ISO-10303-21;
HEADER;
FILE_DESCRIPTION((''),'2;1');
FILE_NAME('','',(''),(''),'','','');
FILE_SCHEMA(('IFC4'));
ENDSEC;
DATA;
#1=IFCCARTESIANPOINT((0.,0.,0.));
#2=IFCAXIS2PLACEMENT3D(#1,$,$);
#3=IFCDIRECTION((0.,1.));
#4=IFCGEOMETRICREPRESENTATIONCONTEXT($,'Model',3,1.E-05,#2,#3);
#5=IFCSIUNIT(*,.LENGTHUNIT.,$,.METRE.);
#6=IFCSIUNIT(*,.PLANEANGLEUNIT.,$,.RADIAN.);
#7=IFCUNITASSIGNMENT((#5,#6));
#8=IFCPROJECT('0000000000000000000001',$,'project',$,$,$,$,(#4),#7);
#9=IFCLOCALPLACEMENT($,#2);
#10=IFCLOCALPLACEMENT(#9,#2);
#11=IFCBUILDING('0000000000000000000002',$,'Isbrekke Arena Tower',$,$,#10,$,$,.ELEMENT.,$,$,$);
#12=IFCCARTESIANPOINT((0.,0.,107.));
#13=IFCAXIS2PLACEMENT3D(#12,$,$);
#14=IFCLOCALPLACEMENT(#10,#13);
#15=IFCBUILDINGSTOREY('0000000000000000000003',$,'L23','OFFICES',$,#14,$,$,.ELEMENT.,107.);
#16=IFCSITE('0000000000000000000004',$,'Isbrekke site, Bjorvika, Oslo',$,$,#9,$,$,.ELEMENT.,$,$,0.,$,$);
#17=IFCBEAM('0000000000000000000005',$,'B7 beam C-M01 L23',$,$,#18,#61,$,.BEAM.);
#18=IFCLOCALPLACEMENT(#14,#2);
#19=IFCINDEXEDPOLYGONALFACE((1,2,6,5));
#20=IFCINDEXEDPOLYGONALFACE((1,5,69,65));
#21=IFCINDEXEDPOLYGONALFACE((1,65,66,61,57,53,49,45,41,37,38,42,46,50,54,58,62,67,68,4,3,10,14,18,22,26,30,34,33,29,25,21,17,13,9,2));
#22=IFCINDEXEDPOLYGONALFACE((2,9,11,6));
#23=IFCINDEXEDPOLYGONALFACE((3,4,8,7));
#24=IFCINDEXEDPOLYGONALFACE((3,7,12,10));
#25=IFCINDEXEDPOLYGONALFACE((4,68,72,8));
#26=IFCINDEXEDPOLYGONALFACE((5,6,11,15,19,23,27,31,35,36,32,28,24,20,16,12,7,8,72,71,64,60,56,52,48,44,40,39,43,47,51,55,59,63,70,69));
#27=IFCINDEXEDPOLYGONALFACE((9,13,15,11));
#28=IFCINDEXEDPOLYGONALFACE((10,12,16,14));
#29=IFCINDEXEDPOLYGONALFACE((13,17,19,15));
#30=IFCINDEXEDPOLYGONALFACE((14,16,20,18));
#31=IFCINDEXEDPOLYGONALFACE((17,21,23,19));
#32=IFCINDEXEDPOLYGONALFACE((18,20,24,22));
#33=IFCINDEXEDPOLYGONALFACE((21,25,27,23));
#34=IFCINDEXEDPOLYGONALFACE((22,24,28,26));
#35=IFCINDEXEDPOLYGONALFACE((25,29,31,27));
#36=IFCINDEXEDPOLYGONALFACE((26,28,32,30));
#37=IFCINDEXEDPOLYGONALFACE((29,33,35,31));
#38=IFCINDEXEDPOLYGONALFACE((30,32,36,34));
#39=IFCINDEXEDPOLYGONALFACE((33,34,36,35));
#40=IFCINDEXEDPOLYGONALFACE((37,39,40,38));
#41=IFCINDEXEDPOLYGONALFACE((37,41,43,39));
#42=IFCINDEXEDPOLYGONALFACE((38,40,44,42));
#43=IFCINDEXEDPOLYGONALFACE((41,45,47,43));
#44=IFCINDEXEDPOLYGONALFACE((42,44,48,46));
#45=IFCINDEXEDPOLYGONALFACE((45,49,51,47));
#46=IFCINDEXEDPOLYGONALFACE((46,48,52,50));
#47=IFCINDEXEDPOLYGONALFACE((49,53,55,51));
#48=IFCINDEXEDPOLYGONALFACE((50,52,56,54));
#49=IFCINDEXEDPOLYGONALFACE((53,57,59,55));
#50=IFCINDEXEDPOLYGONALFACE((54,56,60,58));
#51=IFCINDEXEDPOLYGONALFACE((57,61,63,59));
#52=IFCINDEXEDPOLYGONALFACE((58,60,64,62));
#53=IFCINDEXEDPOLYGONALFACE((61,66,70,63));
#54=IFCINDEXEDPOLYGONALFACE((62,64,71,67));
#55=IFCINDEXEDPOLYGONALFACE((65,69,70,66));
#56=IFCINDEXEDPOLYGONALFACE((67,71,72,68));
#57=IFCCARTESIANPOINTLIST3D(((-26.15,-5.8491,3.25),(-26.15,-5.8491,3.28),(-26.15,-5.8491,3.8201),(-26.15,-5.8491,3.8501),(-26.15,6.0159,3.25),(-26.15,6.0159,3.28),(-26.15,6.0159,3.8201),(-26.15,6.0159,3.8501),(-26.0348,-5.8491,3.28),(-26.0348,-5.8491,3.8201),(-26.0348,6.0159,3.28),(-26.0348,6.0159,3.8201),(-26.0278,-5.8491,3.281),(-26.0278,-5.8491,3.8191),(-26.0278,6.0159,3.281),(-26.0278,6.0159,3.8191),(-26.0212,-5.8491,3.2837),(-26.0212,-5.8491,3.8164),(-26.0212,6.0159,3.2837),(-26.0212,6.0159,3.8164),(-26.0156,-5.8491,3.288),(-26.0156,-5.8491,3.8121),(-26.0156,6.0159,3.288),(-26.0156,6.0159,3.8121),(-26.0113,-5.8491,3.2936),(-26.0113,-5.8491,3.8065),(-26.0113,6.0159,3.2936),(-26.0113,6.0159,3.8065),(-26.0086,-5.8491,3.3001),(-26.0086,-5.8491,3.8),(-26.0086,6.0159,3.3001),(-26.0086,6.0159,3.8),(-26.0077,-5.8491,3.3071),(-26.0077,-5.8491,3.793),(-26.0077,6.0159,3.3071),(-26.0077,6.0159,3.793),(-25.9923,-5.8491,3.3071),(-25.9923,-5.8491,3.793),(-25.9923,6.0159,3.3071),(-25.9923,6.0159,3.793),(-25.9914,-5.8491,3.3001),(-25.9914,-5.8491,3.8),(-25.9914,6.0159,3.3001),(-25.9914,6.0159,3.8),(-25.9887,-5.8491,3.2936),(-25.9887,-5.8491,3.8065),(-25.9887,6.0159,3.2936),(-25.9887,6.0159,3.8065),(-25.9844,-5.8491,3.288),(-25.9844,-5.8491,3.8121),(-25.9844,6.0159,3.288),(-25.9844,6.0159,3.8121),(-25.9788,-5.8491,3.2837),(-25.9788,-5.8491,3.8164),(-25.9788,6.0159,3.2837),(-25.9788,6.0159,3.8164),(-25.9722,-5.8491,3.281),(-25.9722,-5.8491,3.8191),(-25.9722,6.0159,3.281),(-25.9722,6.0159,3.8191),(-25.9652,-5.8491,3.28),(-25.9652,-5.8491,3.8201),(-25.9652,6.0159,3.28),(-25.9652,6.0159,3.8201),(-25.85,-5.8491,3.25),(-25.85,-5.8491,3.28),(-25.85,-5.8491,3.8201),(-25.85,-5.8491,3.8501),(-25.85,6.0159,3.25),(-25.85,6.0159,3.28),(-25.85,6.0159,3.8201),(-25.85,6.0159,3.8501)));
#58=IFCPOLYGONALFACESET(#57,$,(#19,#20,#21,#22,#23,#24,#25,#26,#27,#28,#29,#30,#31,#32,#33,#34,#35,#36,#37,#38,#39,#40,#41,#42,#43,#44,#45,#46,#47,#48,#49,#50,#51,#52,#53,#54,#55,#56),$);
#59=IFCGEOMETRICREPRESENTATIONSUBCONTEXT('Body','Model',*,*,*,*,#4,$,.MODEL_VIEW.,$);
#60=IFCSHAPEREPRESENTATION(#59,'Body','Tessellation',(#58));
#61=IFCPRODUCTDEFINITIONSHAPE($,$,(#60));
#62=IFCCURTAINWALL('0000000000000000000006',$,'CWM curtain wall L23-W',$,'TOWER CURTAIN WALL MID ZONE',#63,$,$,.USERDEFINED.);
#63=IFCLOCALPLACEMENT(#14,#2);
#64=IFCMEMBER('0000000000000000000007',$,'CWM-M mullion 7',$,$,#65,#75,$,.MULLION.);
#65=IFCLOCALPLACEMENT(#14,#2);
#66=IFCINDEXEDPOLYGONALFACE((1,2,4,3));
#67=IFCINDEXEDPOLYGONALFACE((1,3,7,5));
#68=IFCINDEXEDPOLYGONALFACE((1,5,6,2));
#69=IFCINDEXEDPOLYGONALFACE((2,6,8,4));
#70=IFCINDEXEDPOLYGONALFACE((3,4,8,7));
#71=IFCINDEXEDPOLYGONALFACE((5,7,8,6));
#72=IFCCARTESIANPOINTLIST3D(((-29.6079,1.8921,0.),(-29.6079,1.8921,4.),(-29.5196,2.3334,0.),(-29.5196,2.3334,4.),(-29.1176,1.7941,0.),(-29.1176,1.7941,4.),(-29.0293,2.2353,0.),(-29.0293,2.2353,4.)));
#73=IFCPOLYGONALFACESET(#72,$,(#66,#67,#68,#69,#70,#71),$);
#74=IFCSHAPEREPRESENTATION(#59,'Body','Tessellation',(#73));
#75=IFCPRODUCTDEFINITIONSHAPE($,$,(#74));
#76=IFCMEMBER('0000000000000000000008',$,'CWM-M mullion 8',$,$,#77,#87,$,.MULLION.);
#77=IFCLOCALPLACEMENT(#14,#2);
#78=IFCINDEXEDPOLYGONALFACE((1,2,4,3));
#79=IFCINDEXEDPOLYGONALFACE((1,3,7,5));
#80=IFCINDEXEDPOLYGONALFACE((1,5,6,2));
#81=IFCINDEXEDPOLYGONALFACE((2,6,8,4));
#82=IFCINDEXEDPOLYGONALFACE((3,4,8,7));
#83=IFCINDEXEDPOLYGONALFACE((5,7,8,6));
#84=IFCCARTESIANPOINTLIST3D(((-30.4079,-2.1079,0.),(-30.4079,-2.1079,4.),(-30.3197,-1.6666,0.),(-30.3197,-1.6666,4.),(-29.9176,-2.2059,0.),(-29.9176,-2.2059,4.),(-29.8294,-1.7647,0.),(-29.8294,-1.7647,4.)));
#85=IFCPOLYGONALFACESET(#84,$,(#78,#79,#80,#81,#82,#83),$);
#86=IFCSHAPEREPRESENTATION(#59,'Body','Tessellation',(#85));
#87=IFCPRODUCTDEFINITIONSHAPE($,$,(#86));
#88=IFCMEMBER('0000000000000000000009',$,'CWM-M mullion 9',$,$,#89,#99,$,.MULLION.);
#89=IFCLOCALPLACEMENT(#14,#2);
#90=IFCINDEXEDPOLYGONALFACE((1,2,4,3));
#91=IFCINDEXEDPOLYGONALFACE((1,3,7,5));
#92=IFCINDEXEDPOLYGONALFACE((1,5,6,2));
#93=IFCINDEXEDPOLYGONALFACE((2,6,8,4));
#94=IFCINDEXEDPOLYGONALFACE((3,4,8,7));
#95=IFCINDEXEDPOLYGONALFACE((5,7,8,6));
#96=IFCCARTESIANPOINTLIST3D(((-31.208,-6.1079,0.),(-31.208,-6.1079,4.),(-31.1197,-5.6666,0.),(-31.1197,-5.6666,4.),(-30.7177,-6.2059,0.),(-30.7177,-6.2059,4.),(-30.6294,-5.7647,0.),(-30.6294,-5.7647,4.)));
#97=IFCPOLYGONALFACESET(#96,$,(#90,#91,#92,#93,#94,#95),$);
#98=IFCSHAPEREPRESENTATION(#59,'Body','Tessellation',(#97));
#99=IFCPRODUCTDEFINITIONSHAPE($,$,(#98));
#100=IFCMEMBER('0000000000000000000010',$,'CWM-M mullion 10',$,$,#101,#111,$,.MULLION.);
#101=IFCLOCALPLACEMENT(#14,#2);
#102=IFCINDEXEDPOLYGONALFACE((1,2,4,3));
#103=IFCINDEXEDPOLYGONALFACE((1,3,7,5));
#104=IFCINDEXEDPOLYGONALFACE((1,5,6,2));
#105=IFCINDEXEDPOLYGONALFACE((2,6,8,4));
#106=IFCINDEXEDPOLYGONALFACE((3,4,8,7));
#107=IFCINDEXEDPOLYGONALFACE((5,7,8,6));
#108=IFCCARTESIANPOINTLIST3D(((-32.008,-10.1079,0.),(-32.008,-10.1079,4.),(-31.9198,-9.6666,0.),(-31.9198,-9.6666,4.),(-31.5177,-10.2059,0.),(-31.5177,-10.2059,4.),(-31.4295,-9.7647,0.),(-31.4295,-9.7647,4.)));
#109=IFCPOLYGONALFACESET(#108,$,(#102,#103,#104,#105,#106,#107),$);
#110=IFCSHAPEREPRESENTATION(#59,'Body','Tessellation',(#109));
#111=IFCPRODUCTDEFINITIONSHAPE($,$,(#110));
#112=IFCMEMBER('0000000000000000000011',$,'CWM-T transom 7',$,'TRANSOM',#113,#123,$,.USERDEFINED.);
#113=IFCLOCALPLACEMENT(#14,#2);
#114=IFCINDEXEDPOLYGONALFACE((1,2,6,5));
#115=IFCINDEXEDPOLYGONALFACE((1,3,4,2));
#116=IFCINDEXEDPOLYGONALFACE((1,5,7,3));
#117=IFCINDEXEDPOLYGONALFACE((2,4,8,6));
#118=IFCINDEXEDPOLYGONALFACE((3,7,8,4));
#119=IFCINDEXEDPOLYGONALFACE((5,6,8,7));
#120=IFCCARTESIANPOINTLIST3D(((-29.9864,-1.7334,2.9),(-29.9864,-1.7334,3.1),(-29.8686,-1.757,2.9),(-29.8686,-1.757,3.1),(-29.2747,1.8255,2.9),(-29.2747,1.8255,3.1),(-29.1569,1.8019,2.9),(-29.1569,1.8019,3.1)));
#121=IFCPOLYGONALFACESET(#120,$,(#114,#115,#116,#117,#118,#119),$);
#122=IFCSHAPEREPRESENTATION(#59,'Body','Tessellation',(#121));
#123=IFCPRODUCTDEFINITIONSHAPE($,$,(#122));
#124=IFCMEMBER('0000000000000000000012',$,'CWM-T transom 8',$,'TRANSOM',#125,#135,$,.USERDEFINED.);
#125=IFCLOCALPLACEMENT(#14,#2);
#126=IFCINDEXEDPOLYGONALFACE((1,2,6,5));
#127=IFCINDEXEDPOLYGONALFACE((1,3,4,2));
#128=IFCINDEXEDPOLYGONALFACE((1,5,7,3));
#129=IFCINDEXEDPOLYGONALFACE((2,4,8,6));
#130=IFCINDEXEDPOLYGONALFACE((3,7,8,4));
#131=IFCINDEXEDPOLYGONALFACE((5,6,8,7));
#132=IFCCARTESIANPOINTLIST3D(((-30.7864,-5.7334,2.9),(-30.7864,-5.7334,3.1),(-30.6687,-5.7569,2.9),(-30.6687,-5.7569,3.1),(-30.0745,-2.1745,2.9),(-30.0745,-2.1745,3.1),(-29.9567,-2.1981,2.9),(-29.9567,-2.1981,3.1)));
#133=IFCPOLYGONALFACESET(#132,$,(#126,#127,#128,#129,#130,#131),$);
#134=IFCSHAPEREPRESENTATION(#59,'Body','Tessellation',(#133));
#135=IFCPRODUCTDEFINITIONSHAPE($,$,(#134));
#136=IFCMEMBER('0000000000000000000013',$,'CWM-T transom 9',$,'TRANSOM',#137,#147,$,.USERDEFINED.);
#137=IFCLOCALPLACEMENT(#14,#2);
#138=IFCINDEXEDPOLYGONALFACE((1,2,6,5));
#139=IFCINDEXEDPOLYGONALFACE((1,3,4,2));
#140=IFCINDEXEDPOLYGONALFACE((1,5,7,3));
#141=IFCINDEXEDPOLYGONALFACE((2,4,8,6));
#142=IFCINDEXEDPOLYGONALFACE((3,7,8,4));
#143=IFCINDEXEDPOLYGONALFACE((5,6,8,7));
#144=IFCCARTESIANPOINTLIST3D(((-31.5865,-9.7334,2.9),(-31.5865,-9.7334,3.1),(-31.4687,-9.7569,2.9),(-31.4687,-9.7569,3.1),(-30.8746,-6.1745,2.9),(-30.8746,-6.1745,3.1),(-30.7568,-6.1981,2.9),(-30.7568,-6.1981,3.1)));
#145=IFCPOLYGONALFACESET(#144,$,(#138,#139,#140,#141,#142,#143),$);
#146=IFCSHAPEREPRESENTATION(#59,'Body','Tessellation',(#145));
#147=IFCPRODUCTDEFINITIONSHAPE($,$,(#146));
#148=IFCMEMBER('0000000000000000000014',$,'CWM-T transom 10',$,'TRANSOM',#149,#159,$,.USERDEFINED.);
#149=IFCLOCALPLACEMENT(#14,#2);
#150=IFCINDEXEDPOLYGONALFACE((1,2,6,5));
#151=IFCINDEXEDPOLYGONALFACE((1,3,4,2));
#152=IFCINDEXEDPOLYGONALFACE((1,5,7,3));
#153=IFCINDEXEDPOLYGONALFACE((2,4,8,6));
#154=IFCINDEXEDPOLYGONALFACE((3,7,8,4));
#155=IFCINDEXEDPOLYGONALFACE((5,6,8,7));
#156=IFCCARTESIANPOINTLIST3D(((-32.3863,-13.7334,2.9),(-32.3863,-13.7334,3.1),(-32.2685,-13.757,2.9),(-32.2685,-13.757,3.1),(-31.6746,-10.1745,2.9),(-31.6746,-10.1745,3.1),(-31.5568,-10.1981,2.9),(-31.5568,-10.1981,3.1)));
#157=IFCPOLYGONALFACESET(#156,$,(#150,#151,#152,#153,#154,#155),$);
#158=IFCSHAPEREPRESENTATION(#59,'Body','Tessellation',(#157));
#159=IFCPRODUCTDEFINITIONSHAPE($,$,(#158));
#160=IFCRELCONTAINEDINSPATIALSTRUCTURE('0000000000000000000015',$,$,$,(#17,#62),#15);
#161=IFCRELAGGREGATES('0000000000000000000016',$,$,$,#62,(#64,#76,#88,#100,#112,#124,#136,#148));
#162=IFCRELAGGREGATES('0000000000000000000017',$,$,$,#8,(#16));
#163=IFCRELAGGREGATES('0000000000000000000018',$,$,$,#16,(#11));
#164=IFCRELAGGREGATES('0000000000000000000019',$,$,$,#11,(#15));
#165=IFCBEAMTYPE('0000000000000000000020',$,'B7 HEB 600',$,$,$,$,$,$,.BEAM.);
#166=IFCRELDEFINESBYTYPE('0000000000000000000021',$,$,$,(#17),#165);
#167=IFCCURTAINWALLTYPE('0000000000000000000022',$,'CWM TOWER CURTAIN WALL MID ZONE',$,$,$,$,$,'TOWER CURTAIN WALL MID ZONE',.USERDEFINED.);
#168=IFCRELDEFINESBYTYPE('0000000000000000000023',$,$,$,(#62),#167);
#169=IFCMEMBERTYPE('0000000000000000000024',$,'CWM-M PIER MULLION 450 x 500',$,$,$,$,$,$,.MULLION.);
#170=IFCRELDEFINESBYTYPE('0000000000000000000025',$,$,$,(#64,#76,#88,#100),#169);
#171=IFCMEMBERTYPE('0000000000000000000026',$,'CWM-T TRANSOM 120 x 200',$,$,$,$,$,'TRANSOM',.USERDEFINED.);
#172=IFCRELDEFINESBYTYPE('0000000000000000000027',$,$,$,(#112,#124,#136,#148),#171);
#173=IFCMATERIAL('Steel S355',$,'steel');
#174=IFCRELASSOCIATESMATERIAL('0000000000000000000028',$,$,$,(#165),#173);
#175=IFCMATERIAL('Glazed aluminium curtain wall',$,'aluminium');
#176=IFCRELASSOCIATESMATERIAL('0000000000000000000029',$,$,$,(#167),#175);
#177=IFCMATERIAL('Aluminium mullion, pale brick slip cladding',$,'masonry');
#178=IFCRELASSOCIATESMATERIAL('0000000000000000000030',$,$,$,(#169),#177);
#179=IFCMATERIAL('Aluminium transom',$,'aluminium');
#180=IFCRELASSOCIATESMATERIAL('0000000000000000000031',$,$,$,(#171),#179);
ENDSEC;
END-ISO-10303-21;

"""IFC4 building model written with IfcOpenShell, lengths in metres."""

from ifc_helpers import new_model, si_unit, direction, frame, origin, origin_2d, place, context, subcontext, project, spatial, rectangle, i_section, extrude, material, material_profile, profile_set, type_object, element, aggregate, save


model = new_model("IFC4")

# Units and contexts
model_context = context("Model", 3, precision=1e-05, world=origin(), true_north=direction((0.0, 1.0)))
body_context = subcontext(model_context, "Body", "Model", "MODEL_VIEW")
ifc_project = project(units=[si_unit("LENGTHUNIT", "METRE"), si_unit("PLANEANGLEUNIT", "RADIAN")], contexts=[model_context])

# Site, building, storey
site_placement = place(None, origin())
site = spatial("IfcSite", under=ifc_project, at=site_placement, Name="Isbrekke site, Bjorvika, Oslo", CompositionType="ELEMENT", RefElevation=0.0)
building_placement = place(site_placement, origin())
building = spatial("IfcBuilding", under=site, at=building_placement, Name="Isbrekke Arena Tower", CompositionType="ELEMENT")
storey_placement = place(building_placement, frame((0.0, 0.0, 107.0)))
storey = spatial("IfcBuildingStorey", under=building, at=storey_placement, Name="L23", Description="OFFICES", CompositionType="ELEMENT", Elevation=107.0)

# Beam
ifc_material_1 = material(Name="Steel S355", Category="steel")
ifc_material_profile_1 = material_profile(ifc_material_1, i_section(OverallWidth=0.3, OverallDepth=0.6001, WebThickness=0.0154, FlangeThickness=0.03, FilletRadius=0.0271, at=origin_2d()), Name="HEB 600")
ifc_profile_set_1 = profile_set([ifc_material_profile_1], Name="Steel S355")
beam_type_1 = type_object("IfcBeamType", Name="B7 HEB 600", PredefinedType="BEAM", material=ifc_profile_set_1)
beam_1_placement = place(storey_placement, frame((-26.0, -5.8491, 3.55), z_axis=(0.0, 1.0, 0.0), x_axis=(-1.0, 0.0, 0.0)))
element("IfcBeam", 1, at=beam_1_placement, inside=storey, type_object=beam_type_1, Name="B7 beam C-M01 L23", PredefinedType="BEAM", context=body_context, shape_type="SweptSolid", body=[
    extrude(i_section(OverallWidth=0.3, OverallDepth=0.6001, WebThickness=0.0154, FlangeThickness=0.03, FilletRadius=0.0271, at=origin_2d()), origin(), (0.0, 0.0, 1.0), 11.865),
])

# Curtain wall, members
ifc_material_2 = material(Name="Glazed aluminium curtain wall", Category="aluminium")
curtain_wall_type = type_object("IfcCurtainWallType", Name="CWM TOWER CURTAIN WALL MID ZONE", ElementType="TOWER CURTAIN WALL MID ZONE", PredefinedType="USERDEFINED", material=ifc_material_2)
curtain_wall_placement = place(storey_placement, origin())
curtain_wall = element("IfcCurtainWall", 2, at=curtain_wall_placement, inside=storey, type_object=curtain_wall_type, Name="CWM curtain wall L23-W", ObjectType="TOWER CURTAIN WALL MID ZONE", PredefinedType="USERDEFINED")
ifc_material_3 = material(Name="Aluminium mullion, pale brick slip cladding", Category="masonry")
ifc_material_profile_2 = material_profile(ifc_material_3, rectangle(XDim=0.45, YDim=0.5, at=origin_2d()), Name="PIER 450X500")
ifc_profile_set_2 = profile_set([ifc_material_profile_2], Name="Aluminium mullion, pale brick slip cladding")
member_type_1 = type_object("IfcMemberType", Name="CWM-M PIER MULLION 450 x 500", PredefinedType="MULLION", material=ifc_profile_set_2)
member_1_placement = place(storey_placement, frame((-29.3186, 2.0637, 0.0), z_axis=(0.0, 0.0, 1.0), x_axis=(-0.196116, -0.980581, 0.0)))
member_1 = element("IfcMember", 3, at=member_1_placement, type_object=member_type_1, Name="CWM-M mullion 7", PredefinedType="MULLION", context=body_context, shape_type="SweptSolid", body=[
    extrude(rectangle(XDim=0.45, YDim=0.5, at=origin_2d()), origin(), (0.0, 0.0, 1.0), 4.0),
])
member_2_placement = place(storey_placement, frame((-30.1187, -1.9363, 0.0), z_axis=(0.0, 0.0, 1.0), x_axis=(-0.196116, -0.980581, 0.0)))
member_2 = element("IfcMember", 4, at=member_2_placement, type_object=member_type_1, Name="CWM-M mullion 8", PredefinedType="MULLION", context=body_context, shape_type="SweptSolid", body=[
    extrude(rectangle(XDim=0.45, YDim=0.5, at=origin_2d()), origin(), (0.0, 0.0, 1.0), 4.0),
])
member_3_placement = place(storey_placement, frame((-30.9187, -5.9363, 0.0), z_axis=(0.0, 0.0, 1.0), x_axis=(-0.196116, -0.980581, 0.0)))
member_3 = element("IfcMember", 5, at=member_3_placement, type_object=member_type_1, Name="CWM-M mullion 9", PredefinedType="MULLION", context=body_context, shape_type="SweptSolid", body=[
    extrude(rectangle(XDim=0.45, YDim=0.5, at=origin_2d()), origin(), (0.0, 0.0, 1.0), 4.0),
])
member_4_placement = place(storey_placement, frame((-31.7188, -9.9363, 0.0), z_axis=(0.0, 0.0, 1.0), x_axis=(-0.196116, -0.980581, 0.0)))
member_4 = element("IfcMember", 6, at=member_4_placement, type_object=member_type_1, Name="CWM-M mullion 10", PredefinedType="MULLION", context=body_context, shape_type="SweptSolid", body=[
    extrude(rectangle(XDim=0.45, YDim=0.5, at=origin_2d()), origin(), (0.0, 0.0, 1.0), 4.0),
])
ifc_material_4 = material(Name="Aluminium transom", Category="aluminium")
ifc_material_profile_3 = material_profile(ifc_material_4, rectangle(XDim=0.1201, YDim=0.2, at=origin_2d()), Name="TRANSOM 120X200")
ifc_profile_set_3 = profile_set([ifc_material_profile_3], Name="Aluminium transom")
member_type_2 = type_object("IfcMemberType", Name="CWM-T TRANSOM 120 x 200", ElementType="TRANSOM", PredefinedType="USERDEFINED", material=ifc_profile_set_3)
member_5_placement = place(storey_placement, frame((-29.2158, 1.8137, 3.0), z_axis=(-0.19609, -0.980586, 0.0), x_axis=(0.980586, -0.19609, 0.0)))
member_5 = element("IfcMember", 7, at=member_5_placement, type_object=member_type_2, Name="CWM-T transom 7", ObjectType="TRANSOM", PredefinedType="USERDEFINED", context=body_context, shape_type="SweptSolid", body=[
    extrude(rectangle(XDim=0.1201, YDim=0.2, at=origin_2d()), origin(), (0.0, 0.0, 1.0), 3.6294),
])
member_6_placement = place(storey_placement, frame((-30.0156, -2.1863, 3.0), z_axis=(-0.196155, -0.980573, 0.0), x_axis=(0.980573, -0.196155, 0.0)))
member_6 = element("IfcMember", 8, at=member_6_placement, type_object=member_type_2, Name="CWM-T transom 8", ObjectType="TRANSOM", PredefinedType="USERDEFINED", context=body_context, shape_type="SweptSolid", body=[
    extrude(rectangle(XDim=0.1201, YDim=0.2, at=origin_2d()), origin(), (0.0, 0.0, 1.0), 3.6294),
])
member_7_placement = place(storey_placement, frame((-30.8157, -6.1863, 3.0), z_axis=(-0.196155, -0.980573, 0.0), x_axis=(0.980573, -0.196155, 0.0)))
member_7 = element("IfcMember", 9, at=member_7_placement, type_object=member_type_2, Name="CWM-T transom 9", ObjectType="TRANSOM", PredefinedType="USERDEFINED", context=body_context, shape_type="SweptSolid", body=[
    extrude(rectangle(XDim=0.1201, YDim=0.2, at=origin_2d()), origin(), (0.0, 0.0, 1.0), 3.6294),
])
member_8_placement = place(storey_placement, frame((-31.6157, -10.1863, 3.0), z_axis=(-0.19609, -0.980586, 0.0), x_axis=(0.980586, -0.19609, 0.0)))
member_8 = element("IfcMember", 10, at=member_8_placement, type_object=member_type_2, Name="CWM-T transom 10", ObjectType="TRANSOM", PredefinedType="USERDEFINED", context=body_context, shape_type="SweptSolid", body=[
    extrude(rectangle(XDim=0.1201, YDim=0.2, at=origin_2d()), origin(), (0.0, 0.0, 1.0), 3.6294),
])

aggregate(curtain_wall, [member_1, member_2, member_3, member_4, member_5, member_6, member_7, member_8])

save(model, "model.ifc")
